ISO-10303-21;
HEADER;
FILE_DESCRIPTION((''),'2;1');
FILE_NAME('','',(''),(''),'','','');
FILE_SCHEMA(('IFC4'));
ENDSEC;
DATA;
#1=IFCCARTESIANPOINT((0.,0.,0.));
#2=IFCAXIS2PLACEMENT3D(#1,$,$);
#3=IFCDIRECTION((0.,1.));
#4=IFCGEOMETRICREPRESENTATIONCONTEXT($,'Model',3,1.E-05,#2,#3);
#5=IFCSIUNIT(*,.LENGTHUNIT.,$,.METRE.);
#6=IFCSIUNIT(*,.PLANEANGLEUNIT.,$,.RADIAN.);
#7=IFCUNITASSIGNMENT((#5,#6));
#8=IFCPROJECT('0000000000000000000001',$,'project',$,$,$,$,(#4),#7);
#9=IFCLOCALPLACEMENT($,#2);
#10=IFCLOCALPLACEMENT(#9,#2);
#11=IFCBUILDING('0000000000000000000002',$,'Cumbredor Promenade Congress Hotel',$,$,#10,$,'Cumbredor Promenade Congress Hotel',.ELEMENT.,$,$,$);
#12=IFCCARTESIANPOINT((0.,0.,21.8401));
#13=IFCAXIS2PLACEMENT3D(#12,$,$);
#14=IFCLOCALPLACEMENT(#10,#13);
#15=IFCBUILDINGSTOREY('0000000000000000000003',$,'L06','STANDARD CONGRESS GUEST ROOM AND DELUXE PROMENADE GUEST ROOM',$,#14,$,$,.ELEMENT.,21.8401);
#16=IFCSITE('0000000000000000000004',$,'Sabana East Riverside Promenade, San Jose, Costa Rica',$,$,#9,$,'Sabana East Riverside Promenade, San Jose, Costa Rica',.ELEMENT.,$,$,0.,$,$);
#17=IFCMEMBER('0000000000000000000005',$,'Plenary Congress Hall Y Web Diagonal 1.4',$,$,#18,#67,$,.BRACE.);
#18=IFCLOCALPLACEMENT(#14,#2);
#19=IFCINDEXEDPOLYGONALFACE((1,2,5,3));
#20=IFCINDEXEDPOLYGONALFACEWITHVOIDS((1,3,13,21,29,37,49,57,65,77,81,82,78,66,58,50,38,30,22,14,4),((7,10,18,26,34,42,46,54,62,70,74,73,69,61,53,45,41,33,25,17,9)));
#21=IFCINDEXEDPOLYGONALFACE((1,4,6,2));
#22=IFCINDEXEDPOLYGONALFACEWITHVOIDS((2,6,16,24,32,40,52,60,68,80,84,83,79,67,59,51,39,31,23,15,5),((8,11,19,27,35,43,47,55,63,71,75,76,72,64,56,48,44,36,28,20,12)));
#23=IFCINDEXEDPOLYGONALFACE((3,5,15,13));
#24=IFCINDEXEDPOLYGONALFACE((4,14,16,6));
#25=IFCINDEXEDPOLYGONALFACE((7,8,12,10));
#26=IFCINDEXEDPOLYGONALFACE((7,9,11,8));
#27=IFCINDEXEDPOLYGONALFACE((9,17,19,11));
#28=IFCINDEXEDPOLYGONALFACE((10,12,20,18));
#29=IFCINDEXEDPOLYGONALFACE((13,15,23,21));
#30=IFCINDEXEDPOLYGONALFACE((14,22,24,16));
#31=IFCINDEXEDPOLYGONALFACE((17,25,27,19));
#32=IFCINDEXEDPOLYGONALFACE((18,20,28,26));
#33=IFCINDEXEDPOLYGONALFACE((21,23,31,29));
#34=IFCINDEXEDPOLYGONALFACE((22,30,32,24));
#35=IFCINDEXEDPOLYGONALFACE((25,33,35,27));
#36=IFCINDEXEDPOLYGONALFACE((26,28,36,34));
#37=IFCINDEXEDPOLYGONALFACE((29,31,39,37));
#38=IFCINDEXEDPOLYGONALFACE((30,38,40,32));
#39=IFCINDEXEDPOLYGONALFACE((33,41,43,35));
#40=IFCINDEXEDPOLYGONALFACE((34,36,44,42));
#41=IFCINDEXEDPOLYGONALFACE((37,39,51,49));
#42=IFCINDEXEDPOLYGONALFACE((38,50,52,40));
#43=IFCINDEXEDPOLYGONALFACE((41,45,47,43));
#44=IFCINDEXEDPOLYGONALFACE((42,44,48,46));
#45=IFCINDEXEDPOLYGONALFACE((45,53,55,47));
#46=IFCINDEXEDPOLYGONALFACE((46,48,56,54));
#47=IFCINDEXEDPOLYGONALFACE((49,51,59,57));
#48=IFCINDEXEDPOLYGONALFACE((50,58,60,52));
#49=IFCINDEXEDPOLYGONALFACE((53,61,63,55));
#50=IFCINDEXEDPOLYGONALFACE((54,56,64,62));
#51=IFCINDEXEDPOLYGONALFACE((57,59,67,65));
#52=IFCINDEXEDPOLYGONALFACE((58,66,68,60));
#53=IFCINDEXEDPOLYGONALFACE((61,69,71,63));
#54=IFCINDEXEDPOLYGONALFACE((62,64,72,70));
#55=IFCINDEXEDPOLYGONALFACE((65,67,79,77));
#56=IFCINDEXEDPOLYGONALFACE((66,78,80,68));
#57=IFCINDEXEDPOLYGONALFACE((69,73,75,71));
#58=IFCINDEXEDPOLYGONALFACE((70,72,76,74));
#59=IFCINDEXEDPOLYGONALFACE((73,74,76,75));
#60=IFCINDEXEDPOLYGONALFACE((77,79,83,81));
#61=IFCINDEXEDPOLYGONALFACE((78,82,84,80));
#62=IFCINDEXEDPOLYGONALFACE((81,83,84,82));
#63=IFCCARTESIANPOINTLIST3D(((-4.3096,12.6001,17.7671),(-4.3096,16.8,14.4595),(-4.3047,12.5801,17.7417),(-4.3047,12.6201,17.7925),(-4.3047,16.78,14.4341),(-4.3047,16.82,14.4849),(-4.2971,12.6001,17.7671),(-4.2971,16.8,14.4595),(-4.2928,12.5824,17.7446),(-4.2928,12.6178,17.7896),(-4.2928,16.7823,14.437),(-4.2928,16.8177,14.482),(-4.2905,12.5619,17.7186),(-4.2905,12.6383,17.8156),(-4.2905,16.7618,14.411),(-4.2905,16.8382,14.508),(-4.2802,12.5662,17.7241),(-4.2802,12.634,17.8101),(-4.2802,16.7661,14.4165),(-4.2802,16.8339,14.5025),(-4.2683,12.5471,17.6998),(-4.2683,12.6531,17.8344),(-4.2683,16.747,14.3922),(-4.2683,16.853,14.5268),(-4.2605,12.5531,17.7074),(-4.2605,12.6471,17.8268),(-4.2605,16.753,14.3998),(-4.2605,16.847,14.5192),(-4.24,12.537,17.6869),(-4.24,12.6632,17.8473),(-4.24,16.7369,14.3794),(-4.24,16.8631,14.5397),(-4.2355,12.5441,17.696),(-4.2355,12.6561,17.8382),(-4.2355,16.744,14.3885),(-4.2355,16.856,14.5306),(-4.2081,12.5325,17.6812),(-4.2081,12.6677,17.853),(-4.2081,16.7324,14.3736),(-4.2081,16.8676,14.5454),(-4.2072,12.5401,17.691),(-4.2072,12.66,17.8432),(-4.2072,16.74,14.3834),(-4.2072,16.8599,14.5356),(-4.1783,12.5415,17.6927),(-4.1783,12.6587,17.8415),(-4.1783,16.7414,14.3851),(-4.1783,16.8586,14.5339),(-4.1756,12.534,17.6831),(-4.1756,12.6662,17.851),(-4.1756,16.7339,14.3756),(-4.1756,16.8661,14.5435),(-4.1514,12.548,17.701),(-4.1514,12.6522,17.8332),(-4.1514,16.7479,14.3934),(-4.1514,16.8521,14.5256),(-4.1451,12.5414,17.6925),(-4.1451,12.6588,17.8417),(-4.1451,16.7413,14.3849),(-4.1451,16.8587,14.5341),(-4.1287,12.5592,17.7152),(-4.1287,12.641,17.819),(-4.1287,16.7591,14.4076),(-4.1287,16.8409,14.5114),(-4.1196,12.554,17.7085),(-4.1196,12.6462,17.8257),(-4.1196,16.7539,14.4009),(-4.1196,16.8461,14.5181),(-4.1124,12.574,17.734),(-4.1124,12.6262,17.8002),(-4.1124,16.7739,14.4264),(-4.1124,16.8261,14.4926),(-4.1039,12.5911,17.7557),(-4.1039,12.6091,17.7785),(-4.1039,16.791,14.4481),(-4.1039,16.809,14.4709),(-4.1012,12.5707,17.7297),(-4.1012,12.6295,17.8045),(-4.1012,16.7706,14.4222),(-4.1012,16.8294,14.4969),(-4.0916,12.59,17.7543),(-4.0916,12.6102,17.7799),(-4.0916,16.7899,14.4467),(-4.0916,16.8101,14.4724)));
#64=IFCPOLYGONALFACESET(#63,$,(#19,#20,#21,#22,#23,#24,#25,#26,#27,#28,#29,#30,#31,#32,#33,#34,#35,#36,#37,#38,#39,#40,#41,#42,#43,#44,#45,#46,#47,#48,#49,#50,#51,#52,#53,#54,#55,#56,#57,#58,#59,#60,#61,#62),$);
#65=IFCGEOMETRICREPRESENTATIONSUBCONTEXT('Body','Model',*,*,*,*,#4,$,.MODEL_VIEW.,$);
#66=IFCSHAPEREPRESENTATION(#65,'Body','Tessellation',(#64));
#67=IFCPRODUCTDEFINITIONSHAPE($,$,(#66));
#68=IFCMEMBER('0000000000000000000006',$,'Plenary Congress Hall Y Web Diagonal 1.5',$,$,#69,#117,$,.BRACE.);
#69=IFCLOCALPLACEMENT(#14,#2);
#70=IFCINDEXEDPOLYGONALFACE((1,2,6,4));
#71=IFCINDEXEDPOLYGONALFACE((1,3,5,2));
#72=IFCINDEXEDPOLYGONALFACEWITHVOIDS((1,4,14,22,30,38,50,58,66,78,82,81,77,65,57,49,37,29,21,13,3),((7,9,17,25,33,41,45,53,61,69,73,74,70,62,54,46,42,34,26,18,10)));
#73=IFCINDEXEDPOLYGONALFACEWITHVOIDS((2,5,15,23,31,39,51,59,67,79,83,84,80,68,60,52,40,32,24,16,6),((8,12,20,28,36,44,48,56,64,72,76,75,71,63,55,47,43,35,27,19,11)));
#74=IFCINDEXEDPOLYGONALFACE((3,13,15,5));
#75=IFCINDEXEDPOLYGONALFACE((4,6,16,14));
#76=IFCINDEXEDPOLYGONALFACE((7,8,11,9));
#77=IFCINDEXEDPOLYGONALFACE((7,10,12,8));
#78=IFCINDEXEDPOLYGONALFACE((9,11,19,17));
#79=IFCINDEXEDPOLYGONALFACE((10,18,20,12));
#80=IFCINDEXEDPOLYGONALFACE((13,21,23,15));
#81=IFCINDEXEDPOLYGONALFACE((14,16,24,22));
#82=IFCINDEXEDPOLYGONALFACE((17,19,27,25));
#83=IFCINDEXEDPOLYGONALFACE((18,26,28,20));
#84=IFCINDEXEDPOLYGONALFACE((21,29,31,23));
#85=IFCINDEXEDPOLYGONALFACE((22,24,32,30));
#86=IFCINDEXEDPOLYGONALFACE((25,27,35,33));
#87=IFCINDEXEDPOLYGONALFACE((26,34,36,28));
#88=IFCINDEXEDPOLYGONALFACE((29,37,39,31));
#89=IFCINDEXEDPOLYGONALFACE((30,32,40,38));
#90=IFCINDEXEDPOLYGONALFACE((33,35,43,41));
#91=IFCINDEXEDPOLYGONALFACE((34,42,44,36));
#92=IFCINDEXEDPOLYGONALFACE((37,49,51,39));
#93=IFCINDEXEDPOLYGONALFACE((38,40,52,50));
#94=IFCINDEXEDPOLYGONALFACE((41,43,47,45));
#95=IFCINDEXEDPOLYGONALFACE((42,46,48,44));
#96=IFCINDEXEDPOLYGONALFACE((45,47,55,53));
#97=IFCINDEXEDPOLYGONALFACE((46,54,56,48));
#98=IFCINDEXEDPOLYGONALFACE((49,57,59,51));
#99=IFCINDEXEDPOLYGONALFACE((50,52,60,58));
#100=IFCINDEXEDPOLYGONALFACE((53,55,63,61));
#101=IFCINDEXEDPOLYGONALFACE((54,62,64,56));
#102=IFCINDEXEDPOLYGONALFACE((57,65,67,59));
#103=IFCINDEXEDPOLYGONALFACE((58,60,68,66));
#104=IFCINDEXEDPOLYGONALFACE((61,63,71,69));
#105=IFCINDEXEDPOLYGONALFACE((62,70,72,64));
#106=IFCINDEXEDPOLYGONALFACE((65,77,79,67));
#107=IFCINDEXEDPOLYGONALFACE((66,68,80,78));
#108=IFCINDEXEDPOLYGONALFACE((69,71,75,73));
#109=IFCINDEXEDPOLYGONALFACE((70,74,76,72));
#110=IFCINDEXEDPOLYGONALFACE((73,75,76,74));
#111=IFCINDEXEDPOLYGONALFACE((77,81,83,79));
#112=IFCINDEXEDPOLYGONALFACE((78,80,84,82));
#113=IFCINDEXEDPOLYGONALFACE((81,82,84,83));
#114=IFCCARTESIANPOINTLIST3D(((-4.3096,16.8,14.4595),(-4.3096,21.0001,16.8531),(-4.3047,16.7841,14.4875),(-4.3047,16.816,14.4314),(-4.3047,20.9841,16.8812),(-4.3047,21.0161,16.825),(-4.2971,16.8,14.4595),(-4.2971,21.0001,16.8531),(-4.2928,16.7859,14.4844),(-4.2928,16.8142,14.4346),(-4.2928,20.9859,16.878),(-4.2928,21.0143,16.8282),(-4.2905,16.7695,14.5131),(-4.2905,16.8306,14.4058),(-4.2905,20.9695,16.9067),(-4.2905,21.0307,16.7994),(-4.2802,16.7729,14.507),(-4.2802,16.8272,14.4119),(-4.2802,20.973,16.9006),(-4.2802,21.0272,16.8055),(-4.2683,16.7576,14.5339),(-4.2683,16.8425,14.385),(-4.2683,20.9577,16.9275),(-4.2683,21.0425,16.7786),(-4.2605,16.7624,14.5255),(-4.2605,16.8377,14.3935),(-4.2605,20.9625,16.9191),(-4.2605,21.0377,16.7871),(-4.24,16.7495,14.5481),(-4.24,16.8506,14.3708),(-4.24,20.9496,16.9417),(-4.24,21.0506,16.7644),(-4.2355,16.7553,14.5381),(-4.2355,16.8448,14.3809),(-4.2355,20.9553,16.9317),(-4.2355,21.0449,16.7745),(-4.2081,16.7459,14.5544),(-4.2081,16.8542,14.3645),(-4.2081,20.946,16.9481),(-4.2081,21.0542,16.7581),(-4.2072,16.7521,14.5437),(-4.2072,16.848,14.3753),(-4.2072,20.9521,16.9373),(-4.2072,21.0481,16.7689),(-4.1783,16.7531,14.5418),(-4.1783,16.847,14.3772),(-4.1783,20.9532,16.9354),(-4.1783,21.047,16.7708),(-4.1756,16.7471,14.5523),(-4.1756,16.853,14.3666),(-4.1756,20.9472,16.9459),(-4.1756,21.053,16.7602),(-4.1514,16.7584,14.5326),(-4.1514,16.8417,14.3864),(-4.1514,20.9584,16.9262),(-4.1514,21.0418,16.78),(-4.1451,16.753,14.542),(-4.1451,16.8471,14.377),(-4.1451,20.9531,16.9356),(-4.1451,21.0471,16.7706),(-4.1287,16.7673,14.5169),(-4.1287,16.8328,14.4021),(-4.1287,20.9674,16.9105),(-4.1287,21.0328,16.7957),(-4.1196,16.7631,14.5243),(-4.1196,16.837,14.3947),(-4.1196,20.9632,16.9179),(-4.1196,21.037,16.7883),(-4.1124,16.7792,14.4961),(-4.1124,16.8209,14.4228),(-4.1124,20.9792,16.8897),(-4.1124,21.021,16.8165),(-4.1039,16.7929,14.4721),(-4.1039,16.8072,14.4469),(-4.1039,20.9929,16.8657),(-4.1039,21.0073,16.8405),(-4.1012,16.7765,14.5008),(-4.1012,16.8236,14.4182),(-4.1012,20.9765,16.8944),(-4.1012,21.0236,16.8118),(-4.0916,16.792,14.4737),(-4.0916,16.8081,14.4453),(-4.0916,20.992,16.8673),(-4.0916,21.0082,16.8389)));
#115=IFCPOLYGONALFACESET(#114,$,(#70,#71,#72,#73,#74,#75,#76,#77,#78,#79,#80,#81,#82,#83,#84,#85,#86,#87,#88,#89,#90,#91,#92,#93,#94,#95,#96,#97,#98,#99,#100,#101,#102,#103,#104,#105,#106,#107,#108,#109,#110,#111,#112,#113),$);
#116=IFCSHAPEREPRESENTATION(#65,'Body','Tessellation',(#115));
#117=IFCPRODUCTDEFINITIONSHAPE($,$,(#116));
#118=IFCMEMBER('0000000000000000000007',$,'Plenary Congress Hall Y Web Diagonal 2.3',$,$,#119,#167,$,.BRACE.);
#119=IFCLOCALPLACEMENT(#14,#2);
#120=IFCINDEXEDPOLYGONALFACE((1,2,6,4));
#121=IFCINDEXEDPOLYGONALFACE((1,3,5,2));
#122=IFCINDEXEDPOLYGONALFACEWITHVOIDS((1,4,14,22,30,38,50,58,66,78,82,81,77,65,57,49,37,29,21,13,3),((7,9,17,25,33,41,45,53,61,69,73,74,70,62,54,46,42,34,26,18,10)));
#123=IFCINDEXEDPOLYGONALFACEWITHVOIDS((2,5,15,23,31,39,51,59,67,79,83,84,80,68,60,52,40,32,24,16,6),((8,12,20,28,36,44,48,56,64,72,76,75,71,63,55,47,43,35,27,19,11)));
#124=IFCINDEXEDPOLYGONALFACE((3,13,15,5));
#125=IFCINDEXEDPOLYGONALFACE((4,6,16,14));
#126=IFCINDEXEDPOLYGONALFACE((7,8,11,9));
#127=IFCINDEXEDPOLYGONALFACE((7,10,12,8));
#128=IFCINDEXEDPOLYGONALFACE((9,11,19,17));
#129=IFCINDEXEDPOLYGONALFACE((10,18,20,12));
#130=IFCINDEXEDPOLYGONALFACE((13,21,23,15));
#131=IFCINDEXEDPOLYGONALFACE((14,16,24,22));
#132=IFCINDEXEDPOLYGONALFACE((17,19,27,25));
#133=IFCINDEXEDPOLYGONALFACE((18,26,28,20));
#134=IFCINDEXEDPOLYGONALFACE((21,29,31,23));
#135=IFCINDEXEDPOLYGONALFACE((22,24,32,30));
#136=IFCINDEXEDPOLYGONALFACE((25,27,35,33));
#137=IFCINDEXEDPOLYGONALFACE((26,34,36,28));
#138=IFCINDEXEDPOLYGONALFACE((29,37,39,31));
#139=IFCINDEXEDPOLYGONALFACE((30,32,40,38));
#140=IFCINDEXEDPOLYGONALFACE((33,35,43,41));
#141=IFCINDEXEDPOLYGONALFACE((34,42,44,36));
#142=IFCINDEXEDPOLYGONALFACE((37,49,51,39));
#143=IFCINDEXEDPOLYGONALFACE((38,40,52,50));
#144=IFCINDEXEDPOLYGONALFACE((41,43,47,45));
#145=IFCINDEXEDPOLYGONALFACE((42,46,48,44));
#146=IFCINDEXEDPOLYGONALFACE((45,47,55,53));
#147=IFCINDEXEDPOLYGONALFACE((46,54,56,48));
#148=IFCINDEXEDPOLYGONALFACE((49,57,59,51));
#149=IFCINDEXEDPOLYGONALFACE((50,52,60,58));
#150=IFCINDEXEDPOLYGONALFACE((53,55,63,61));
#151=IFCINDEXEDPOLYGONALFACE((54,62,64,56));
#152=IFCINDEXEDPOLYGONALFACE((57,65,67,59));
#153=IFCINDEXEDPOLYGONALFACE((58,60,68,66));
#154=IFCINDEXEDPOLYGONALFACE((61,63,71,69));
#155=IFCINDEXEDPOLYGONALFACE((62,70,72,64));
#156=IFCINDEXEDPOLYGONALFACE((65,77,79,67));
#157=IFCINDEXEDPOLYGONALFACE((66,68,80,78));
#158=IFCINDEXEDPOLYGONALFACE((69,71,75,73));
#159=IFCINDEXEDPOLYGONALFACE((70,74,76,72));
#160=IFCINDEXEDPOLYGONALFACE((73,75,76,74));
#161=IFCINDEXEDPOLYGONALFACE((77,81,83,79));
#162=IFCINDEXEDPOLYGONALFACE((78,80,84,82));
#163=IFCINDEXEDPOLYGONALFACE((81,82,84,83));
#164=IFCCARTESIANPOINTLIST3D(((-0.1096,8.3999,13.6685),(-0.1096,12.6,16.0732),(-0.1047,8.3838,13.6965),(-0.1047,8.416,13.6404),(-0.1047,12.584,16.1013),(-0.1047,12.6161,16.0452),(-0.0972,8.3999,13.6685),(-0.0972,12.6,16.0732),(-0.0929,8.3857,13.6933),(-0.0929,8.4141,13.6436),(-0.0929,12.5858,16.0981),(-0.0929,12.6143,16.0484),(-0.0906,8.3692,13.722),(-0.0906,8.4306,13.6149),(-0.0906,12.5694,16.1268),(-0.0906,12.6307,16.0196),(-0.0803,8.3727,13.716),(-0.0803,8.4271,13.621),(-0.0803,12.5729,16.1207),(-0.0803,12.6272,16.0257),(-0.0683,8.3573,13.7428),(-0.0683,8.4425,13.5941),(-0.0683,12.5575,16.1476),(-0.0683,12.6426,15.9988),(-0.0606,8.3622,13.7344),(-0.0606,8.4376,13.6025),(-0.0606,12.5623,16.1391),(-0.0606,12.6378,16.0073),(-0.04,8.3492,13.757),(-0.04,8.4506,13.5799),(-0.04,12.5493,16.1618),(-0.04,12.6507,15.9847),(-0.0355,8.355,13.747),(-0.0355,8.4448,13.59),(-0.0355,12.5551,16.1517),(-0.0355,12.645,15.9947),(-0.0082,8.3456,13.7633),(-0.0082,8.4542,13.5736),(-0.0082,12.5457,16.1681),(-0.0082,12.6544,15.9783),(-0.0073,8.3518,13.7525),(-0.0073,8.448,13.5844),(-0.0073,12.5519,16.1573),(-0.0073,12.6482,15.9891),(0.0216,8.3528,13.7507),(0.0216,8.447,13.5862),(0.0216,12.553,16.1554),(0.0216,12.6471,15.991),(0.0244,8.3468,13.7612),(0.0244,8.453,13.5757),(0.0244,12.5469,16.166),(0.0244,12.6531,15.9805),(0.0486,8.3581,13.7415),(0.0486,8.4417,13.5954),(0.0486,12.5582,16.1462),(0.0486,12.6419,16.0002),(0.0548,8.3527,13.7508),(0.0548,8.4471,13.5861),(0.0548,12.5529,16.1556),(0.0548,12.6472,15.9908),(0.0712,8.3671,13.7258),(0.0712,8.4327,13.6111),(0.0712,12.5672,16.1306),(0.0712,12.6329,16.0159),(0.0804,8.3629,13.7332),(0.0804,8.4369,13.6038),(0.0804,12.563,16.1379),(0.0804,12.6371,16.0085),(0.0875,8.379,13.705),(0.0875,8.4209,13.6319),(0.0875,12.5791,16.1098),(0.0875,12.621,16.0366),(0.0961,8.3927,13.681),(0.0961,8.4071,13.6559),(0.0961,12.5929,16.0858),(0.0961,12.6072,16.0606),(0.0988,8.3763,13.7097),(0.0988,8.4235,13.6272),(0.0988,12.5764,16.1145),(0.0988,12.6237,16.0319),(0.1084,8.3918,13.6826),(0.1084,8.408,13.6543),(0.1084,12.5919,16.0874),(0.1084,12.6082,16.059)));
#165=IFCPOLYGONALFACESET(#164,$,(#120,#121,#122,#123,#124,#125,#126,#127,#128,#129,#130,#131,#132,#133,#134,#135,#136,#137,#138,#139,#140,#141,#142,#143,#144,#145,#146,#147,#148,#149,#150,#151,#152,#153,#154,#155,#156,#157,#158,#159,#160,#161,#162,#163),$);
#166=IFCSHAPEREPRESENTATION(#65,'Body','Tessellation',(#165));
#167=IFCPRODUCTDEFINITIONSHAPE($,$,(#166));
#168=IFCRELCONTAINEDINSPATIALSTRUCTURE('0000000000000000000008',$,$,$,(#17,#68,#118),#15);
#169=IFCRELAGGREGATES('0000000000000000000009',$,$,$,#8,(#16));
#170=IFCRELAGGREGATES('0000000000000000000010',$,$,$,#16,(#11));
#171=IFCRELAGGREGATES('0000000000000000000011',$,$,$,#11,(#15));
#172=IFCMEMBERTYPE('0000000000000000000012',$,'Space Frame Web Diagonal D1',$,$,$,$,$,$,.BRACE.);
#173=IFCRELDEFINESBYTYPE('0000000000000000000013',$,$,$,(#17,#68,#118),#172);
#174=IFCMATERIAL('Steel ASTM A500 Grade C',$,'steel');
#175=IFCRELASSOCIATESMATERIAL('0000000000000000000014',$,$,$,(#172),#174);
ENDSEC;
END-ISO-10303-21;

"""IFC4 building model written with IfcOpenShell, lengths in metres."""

from ifc_helpers import new_model, si_unit, direction, frame, origin, origin_2d, place, context, subcontext, project, spatial, hollow_circle, extrude, material, material_profile, profile_set, type_object, element, save


model = new_model("IFC4")

# Units and contexts
model_context = context("Model", 3, precision=1e-05, world=origin(), true_north=direction((0.0, 1.0)))
body_context = subcontext(model_context, "Body", "Model", "MODEL_VIEW")
ifc_project = project(units=[si_unit("LENGTHUNIT", "METRE"), si_unit("PLANEANGLEUNIT", "RADIAN")], contexts=[model_context])

# Site, building, storey
site_placement = place(None, origin())
site = spatial("IfcSite", under=ifc_project, at=site_placement, Name="Sabana East Riverside Promenade, San Jose, Costa Rica", LongName="Sabana East Riverside Promenade, San Jose, Costa Rica", CompositionType="ELEMENT", RefElevation=0.0)
building_placement = place(site_placement, origin())
building = spatial("IfcBuilding", under=site, at=building_placement, Name="Cumbredor Promenade Congress Hotel", LongName="Cumbredor Promenade Congress Hotel", CompositionType="ELEMENT")
storey_placement = place(building_placement, frame((0.0, 0.0, 21.8401)))
storey = spatial("IfcBuildingStorey", under=building, at=storey_placement, Name="L06", Description="STANDARD CONGRESS GUEST ROOM AND DELUXE PROMENADE GUEST ROOM", CompositionType="ELEMENT", Elevation=21.8401)

# Members
ifc_material_1 = material(Name="Steel ASTM A500 Grade C", Category="steel")
ifc_material_profile_1 = material_profile(ifc_material_1, hollow_circle(Radius=0.1096, WallThickness=0.0125, at=origin_2d()), Name="CHS 219.1x12.5")
ifc_profile_set_1 = profile_set([ifc_material_profile_1], Name="Steel ASTM A500 Grade C")
member_type_1 = type_object("IfcMemberType", Name="Space Frame Web Diagonal D1", PredefinedType="BRACE", material=ifc_profile_set_1)
member_1_placement = place(storey_placement, frame((-4.2, 12.6001, 17.7671), z_axis=(0.0, 0.785622, -0.618707), x_axis=(-1.0, 0.0, 0.0)))
element("IfcMember", 1, at=member_1_placement, inside=storey, type_object=member_type_1, Name="Plenary Congress Hall Y Web Diagonal 1.4", PredefinedType="BRACE", context=body_context, shape_type="SweptSolid", body=[
    extrude(hollow_circle(Radius=0.1096, WallThickness=0.0125, at=origin_2d()), origin(), (0.0, 0.0, 1.0), 5.3459),
])
member_2_placement = place(storey_placement, frame((-4.2, 16.8, 14.4595), z_axis=(0.0, 0.868814, 0.495138), x_axis=(-1.0, 0.0, 0.0)))
element("IfcMember", 2, at=member_2_placement, inside=storey, type_object=member_type_1, Name="Plenary Congress Hall Y Web Diagonal 1.5", PredefinedType="BRACE", context=body_context, shape_type="SweptSolid", body=[
    extrude(hollow_circle(Radius=0.1096, WallThickness=0.0125, at=origin_2d()), origin(), (0.0, 0.0, 1.0), 4.8342),
])
member_3_placement = place(storey_placement, frame((0.0, 8.3999, 13.6685), z_axis=(0.0, 0.867827, 0.496867), x_axis=(-1.0, 0.0, 0.0)))
element("IfcMember", 3, at=member_3_placement, inside=storey, type_object=member_type_1, Name="Plenary Congress Hall Y Web Diagonal 2.3", PredefinedType="BRACE", context=body_context, shape_type="SweptSolid", body=[
    extrude(hollow_circle(Radius=0.1096, WallThickness=0.0125, at=origin_2d()), origin(), (0.0, 0.0, 1.0), 4.8398),
])

save(model, "model.ifc")
